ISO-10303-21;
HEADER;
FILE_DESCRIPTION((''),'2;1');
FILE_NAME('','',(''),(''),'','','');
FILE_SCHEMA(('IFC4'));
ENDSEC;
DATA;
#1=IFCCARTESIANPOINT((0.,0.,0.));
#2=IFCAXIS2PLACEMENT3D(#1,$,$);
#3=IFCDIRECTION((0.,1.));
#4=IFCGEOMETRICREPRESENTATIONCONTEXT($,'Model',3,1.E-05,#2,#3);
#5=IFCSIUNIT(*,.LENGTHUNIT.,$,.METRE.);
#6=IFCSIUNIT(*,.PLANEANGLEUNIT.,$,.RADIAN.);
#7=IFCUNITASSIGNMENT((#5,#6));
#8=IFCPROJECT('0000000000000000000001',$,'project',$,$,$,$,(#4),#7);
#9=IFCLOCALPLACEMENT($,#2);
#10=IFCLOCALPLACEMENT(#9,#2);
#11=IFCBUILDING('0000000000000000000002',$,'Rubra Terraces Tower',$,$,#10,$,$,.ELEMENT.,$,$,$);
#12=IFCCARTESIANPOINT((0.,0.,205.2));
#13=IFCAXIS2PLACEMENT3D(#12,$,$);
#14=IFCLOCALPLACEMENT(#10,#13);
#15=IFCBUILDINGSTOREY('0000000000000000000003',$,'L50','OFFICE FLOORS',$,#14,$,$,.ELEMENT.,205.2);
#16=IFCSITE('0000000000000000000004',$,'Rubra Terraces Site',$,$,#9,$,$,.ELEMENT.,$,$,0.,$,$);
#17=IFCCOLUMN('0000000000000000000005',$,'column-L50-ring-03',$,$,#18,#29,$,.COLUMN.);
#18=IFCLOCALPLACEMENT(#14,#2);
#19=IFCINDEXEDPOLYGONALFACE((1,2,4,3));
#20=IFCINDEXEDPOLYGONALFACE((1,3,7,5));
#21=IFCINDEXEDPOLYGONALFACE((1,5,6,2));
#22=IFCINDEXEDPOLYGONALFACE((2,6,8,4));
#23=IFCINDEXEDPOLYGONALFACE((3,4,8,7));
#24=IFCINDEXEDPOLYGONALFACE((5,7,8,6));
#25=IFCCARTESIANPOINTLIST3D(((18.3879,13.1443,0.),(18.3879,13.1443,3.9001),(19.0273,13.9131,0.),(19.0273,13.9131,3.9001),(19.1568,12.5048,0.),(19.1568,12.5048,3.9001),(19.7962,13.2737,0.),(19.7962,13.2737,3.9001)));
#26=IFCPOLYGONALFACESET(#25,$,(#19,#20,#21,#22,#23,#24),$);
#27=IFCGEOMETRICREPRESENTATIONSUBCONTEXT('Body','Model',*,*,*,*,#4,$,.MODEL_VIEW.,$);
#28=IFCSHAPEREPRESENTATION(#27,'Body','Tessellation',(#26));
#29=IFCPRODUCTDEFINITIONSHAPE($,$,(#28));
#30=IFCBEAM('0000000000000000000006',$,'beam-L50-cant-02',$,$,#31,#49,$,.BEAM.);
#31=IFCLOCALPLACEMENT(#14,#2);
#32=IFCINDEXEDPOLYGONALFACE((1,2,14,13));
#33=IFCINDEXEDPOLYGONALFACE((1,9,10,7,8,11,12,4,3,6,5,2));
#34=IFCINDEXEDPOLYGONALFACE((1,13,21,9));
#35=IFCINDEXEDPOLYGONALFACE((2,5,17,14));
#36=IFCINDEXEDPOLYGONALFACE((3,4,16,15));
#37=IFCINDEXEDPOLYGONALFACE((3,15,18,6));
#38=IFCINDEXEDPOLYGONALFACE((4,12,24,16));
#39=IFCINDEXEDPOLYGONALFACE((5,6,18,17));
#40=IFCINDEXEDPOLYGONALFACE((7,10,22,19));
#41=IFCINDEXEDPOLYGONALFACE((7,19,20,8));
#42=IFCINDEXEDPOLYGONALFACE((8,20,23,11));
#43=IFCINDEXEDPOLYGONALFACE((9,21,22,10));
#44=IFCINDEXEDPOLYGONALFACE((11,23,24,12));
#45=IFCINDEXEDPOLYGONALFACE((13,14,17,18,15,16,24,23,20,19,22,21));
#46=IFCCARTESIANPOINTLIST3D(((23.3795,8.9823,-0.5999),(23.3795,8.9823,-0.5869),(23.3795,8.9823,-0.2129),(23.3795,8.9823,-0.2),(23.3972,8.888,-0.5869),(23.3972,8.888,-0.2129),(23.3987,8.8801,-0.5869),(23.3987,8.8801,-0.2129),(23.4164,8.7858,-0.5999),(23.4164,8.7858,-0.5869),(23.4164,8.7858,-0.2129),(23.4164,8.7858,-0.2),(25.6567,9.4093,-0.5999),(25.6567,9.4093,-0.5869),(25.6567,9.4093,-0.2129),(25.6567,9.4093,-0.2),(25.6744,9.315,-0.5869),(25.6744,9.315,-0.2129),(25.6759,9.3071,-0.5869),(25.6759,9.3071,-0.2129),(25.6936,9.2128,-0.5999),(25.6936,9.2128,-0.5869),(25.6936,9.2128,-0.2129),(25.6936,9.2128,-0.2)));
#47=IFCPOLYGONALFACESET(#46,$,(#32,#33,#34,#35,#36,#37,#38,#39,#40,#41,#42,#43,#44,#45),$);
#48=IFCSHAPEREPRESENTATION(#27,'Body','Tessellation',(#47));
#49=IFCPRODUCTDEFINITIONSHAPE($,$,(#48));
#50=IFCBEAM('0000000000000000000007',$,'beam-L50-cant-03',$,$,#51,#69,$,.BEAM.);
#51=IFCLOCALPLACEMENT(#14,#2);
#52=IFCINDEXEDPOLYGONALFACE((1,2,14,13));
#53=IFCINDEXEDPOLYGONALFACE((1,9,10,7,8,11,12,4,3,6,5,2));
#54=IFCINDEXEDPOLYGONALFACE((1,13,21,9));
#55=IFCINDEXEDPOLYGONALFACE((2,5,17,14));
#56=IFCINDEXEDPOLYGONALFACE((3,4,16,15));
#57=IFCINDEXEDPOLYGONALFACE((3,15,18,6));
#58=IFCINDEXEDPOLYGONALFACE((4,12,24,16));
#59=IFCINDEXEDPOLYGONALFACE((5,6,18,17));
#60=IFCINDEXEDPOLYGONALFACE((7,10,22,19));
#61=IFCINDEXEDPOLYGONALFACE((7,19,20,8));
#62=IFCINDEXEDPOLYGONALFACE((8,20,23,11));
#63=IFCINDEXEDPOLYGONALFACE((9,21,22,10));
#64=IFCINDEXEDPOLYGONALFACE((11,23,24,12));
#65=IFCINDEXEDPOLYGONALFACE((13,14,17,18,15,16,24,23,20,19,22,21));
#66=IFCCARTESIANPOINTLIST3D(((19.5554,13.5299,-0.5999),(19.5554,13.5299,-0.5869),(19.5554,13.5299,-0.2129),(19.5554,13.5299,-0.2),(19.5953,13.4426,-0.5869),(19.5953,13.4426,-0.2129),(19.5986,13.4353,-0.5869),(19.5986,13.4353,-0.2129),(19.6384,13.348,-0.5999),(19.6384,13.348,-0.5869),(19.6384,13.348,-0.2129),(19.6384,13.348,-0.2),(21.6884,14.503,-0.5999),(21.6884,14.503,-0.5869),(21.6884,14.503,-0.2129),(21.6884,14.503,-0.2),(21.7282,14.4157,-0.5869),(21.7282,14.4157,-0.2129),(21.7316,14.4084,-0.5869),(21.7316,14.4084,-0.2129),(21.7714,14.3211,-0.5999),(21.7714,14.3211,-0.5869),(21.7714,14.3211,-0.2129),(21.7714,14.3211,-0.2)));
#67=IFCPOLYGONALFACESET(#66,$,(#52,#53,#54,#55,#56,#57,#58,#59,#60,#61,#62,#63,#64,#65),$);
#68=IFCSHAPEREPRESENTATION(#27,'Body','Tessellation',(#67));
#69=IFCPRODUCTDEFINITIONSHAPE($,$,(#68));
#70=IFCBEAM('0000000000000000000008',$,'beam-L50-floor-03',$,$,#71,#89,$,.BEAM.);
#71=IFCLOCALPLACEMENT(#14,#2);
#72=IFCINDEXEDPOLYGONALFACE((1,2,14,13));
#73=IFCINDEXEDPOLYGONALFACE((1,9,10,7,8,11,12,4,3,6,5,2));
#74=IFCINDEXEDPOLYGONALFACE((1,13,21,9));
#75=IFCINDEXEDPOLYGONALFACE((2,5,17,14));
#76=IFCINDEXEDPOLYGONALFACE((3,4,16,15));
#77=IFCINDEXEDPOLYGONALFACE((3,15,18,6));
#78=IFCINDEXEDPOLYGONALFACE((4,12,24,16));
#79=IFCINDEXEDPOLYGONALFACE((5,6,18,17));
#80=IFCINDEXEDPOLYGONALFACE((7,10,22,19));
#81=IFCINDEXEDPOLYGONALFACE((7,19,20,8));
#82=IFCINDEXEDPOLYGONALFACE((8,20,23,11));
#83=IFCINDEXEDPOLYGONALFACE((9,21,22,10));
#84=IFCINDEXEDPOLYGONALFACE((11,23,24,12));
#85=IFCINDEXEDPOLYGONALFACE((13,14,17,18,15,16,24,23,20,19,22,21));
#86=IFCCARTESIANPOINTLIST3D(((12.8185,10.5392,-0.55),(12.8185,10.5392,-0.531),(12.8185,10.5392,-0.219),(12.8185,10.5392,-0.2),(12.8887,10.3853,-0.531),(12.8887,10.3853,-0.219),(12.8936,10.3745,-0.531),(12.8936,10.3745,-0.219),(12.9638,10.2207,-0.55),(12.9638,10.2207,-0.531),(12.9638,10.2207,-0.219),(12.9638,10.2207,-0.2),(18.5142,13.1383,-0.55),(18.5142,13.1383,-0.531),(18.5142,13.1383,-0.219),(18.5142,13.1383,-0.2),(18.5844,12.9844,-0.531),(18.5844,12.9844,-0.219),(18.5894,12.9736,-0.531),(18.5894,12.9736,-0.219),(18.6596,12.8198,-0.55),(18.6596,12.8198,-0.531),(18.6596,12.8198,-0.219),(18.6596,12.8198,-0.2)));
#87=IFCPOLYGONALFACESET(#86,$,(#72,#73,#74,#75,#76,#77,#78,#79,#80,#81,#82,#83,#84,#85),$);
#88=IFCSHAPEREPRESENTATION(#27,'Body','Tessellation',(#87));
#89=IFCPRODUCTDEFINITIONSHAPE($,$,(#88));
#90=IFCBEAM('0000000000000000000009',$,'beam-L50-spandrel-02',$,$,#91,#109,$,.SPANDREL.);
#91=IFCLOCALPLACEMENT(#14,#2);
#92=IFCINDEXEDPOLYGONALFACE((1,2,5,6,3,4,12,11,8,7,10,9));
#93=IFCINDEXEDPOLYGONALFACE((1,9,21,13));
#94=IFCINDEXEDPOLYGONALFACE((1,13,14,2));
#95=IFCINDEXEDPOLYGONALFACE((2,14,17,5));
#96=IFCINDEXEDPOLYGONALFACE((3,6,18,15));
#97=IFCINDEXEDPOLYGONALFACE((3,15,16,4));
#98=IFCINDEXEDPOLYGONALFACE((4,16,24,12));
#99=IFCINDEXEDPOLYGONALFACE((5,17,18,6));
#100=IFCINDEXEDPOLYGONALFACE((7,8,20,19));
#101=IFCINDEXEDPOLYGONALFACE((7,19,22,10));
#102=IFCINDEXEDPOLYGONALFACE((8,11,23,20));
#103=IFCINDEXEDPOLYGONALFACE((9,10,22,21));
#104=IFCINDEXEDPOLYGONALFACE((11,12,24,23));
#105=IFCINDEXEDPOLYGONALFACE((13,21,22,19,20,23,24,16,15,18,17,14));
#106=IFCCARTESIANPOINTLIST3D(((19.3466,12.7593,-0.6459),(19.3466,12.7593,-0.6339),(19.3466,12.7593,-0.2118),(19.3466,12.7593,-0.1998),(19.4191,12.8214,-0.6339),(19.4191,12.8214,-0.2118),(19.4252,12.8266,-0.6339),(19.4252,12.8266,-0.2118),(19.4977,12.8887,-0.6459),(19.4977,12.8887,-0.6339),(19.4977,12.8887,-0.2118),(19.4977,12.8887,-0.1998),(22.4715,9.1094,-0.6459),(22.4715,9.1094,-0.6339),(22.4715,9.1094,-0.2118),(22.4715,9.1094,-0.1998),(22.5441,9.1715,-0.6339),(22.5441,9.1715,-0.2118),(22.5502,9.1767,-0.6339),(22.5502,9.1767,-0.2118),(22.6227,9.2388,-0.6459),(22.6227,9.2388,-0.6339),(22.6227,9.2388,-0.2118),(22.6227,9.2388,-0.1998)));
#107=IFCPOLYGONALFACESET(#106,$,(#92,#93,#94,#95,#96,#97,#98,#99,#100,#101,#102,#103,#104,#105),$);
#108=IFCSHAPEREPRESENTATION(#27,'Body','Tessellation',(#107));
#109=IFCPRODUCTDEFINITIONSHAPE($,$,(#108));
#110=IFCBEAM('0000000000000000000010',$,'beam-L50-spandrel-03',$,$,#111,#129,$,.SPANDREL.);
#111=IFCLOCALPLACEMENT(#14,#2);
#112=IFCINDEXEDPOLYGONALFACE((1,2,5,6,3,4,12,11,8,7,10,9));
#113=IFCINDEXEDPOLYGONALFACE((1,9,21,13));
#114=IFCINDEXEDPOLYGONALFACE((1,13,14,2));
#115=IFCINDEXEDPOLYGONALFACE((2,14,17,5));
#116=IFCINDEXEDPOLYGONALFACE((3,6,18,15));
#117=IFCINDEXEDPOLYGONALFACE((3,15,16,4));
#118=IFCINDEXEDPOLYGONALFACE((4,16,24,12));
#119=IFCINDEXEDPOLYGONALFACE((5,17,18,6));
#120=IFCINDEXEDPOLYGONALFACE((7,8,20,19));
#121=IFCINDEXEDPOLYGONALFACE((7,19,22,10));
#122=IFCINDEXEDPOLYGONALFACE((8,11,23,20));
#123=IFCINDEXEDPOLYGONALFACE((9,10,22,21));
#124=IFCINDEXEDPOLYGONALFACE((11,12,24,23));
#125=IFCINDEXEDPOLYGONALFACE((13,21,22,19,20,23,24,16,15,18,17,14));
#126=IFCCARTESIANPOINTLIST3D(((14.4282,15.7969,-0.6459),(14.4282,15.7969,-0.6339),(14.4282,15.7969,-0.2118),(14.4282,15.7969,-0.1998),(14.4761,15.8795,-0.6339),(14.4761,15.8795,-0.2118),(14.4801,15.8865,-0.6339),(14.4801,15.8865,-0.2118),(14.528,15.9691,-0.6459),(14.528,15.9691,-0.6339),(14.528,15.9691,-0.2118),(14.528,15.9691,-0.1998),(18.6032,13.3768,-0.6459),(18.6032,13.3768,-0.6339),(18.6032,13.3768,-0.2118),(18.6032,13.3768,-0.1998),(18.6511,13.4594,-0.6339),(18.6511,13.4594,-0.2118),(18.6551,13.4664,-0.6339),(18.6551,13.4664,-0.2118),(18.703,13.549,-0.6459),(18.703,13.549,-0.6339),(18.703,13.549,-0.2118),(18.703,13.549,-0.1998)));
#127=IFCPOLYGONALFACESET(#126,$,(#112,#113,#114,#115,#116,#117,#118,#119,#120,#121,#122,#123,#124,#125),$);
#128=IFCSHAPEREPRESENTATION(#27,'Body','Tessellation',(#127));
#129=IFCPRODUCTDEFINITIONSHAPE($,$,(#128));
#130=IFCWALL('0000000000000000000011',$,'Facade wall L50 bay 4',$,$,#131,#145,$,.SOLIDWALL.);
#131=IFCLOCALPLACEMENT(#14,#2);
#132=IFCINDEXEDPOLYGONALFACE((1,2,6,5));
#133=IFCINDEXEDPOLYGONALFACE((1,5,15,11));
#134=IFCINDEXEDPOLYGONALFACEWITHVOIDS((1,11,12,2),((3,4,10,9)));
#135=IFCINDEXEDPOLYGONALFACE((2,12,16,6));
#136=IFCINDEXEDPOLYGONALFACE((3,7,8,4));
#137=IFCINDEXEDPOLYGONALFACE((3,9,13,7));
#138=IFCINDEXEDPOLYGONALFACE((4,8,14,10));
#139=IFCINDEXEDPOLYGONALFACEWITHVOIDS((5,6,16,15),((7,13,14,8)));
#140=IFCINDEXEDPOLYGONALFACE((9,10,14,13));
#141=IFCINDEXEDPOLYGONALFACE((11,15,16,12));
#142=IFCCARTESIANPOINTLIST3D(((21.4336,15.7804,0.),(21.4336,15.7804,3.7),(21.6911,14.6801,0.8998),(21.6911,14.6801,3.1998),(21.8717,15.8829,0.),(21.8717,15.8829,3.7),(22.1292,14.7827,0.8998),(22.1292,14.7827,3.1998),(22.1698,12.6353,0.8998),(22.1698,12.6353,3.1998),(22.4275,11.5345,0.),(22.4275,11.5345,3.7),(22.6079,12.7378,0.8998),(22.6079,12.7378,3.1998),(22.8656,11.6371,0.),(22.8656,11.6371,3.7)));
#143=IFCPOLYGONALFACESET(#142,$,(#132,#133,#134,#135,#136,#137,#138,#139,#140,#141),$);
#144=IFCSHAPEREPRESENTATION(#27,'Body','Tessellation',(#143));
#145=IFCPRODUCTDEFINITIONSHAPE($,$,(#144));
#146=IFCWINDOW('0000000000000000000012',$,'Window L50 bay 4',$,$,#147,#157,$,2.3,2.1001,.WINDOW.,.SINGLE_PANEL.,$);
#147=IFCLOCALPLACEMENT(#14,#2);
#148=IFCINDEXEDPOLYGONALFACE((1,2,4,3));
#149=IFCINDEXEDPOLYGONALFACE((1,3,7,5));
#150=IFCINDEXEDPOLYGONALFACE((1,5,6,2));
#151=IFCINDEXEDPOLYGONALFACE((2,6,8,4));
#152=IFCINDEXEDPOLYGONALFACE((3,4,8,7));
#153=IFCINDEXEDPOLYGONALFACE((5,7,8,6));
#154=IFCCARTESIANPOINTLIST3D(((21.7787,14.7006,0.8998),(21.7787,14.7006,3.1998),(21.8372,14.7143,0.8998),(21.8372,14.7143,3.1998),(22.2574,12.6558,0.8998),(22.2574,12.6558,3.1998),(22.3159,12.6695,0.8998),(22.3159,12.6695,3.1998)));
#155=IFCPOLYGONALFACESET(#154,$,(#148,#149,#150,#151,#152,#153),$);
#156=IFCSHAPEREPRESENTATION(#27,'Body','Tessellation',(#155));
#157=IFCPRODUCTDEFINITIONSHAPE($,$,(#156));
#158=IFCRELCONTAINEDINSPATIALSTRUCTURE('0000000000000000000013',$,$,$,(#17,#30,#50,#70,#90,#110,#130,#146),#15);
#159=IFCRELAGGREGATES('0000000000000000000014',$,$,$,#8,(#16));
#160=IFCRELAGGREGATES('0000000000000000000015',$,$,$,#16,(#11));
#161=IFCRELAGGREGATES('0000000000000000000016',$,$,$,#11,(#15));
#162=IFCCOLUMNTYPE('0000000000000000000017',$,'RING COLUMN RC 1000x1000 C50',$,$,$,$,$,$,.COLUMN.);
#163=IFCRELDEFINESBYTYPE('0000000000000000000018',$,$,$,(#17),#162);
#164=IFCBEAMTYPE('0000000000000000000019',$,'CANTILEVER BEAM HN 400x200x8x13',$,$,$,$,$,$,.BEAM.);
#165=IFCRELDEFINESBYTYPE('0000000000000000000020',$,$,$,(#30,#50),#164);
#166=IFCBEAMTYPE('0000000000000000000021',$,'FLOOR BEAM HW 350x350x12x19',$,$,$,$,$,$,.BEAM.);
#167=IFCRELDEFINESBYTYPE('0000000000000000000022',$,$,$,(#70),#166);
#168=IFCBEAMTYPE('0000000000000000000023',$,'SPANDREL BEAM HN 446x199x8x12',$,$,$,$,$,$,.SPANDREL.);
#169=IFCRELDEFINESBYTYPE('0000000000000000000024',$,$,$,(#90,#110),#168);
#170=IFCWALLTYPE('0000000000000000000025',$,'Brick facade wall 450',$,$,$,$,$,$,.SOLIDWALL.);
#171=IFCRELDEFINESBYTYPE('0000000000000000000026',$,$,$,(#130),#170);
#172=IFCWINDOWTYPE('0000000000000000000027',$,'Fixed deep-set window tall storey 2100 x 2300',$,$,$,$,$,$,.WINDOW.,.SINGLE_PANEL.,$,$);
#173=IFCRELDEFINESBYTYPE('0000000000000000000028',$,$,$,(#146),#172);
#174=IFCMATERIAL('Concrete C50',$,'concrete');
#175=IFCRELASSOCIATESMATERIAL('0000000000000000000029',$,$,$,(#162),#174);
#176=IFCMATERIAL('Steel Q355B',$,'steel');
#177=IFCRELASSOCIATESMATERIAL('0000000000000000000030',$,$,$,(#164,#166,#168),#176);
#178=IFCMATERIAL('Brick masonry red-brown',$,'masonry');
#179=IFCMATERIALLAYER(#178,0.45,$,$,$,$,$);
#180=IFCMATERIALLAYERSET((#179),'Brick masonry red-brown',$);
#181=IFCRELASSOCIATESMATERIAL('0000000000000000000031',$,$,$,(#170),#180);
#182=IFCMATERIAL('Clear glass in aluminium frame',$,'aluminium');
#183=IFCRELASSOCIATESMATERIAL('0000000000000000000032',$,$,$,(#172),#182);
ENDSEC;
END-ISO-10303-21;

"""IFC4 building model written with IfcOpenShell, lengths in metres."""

from ifc_helpers import new_model, si_unit, direction, frame, frame_2d, origin, origin_2d, place, context, subcontext, project, spatial, rectangle, i_section, extrude, material, layer, layer_set, material_profile, profile_set, type_object, element, fill, save


model = new_model("IFC4")

# Units and contexts
model_context = context("Model", 3, precision=1e-05, world=origin(), true_north=direction((0.0, 1.0)))
body_context = subcontext(model_context, "Body", "Model", "MODEL_VIEW")
ifc_project = project(units=[si_unit("LENGTHUNIT", "METRE"), si_unit("PLANEANGLEUNIT", "RADIAN")], contexts=[model_context])

# Site, building, storey
site_placement = place(None, origin())
site = spatial("IfcSite", under=ifc_project, at=site_placement, Name="Rubra Terraces Site", CompositionType="ELEMENT", RefElevation=0.0)
building_placement = place(site_placement, origin())
building = spatial("IfcBuilding", under=site, at=building_placement, Name="Rubra Terraces Tower", CompositionType="ELEMENT")
storey_placement = place(building_placement, frame((0.0, 0.0, 205.2)))
storey = spatial("IfcBuildingStorey", under=building, at=storey_placement, Name="L50", Description="OFFICE FLOORS", CompositionType="ELEMENT", Elevation=205.2)

# Column
ifc_material_1 = material(Name="Concrete C50", Category="concrete")
ifc_material_profile_1 = material_profile(ifc_material_1, rectangle(XDim=1.0, YDim=1.0, at=origin_2d()), Name="RC 1000x1000")
ifc_profile_set_1 = profile_set([ifc_material_profile_1], Name="Concrete C50")
column_type = type_object("IfcColumnType", Name="RING COLUMN RC 1000x1000 C50", PredefinedType="COLUMN", material=ifc_profile_set_1)
column_placement = place(storey_placement, frame((19.092, 13.209, 0.0), z_axis=(0.0, 0.0, 1.0), x_axis=(-0.76887, 0.639405, 0.0)))
element("IfcColumn", 1, at=column_placement, inside=storey, type_object=column_type, Name="column-L50-ring-03", PredefinedType="COLUMN", context=body_context, shape_type="SweptSolid", body=[
    extrude(rectangle(XDim=1.0, YDim=1.0, at=origin_2d()), origin(), (0.0, 0.0, 1.0), 3.9001),
])

# Beams
ifc_material_2 = material(Name="Steel Q355B", Category="steel")
ifc_material_profile_2 = material_profile(ifc_material_2, i_section(OverallWidth=0.2, OverallDepth=0.3999, WebThickness=0.0081, FlangeThickness=0.0129, at=origin_2d()), Name="HN 400x200x8x13")
ifc_profile_set_2 = profile_set([ifc_material_profile_2], Name="Steel Q355B")
beam_type_1 = type_object("IfcBeamType", Name="CANTILEVER BEAM HN 400x200x8x13", PredefinedType="BEAM", material=ifc_profile_set_2)
beam_1_placement = place(storey_placement, frame((23.3979, 8.884, -0.3999), z_axis=(0.982869, 0.184308, 0.0), x_axis=(-0.184308, 0.982869, 0.0)))
element("IfcBeam", 2, at=beam_1_placement, inside=storey, type_object=beam_type_1, Name="beam-L50-cant-02", PredefinedType="BEAM", context=body_context, shape_type="SweptSolid", body=[
    extrude(i_section(OverallWidth=0.2, OverallDepth=0.3999, WebThickness=0.0081, FlangeThickness=0.0129, at=origin_2d()), origin(), (0.0, 0.0, 1.0), 2.3169),
])
beam_2_placement = place(storey_placement, frame((19.5969, 13.439, -0.3999), z_axis=(0.909791, 0.415066, 0.0), x_axis=(-0.415066, 0.909791, 0.0)))
element("IfcBeam", 3, at=beam_2_placement, inside=storey, type_object=beam_type_1, Name="beam-L50-cant-03", PredefinedType="BEAM", context=body_context, shape_type="SweptSolid", body=[
    extrude(i_section(OverallWidth=0.2, OverallDepth=0.3999, WebThickness=0.0081, FlangeThickness=0.0129, at=origin_2d()), origin(), (0.0, 0.0, 1.0), 2.3445),
])
ifc_material_profile_3 = material_profile(ifc_material_2, i_section(OverallWidth=0.3501, OverallDepth=0.3501, WebThickness=0.012, FlangeThickness=0.019, at=origin_2d()), Name="HW 350x350x12x19")
ifc_profile_set_3 = profile_set([ifc_material_profile_3], Name="Steel Q355B")
beam_type_2 = type_object("IfcBeamType", Name="FLOOR BEAM HW 350x350x12x19", PredefinedType="BEAM", material=ifc_profile_set_3)
beam_3_placement = place(storey_placement, frame((18.5869, 12.979, -0.375), z_axis=(-0.909757, -0.415142, 0.0), x_axis=(0.415142, -0.909757, 0.0)))
element("IfcBeam", 4, at=beam_3_placement, inside=storey, type_object=beam_type_2, Name="beam-L50-floor-03", PredefinedType="BEAM", context=body_context, shape_type="SweptSolid", body=[
    extrude(i_section(OverallWidth=0.3501, OverallDepth=0.3501, WebThickness=0.012, FlangeThickness=0.019, at=origin_2d()), origin(), (0.0, 0.0, 1.0), 6.2607),
])
ifc_material_profile_4 = material_profile(ifc_material_2, i_section(OverallWidth=0.199, OverallDepth=0.446, WebThickness=0.0081, FlangeThickness=0.012, at=origin_2d()), Name="HN 446x199x8x12")
ifc_profile_set_4 = profile_set([ifc_material_profile_4], Name="Steel Q355B")
beam_type_3 = type_object("IfcBeamType", Name="SPANDREL BEAM HN 446x199x8x12", PredefinedType="SPANDREL", material=ifc_profile_set_4)
beam_4_placement = place(storey_placement, frame((22.5471, 9.1741, -0.4229), z_axis=(-0.650373, 0.759615, 0.0), x_axis=(-0.759615, -0.650373, 0.0)))
element("IfcBeam", 5, at=beam_4_placement, inside=storey, type_object=beam_type_3, Name="beam-L50-spandrel-02", PredefinedType="SPANDREL", context=body_context, shape_type="SweptSolid", body=[
    extrude(i_section(OverallWidth=0.199, OverallDepth=0.446, WebThickness=0.0081, FlangeThickness=0.012, at=origin_2d()), origin(), (0.0, 0.0, 1.0), 4.8049),
])
beam_5_placement = place(storey_placement, frame((18.6531, 13.4629, -0.4229), z_axis=(-0.865154, 0.501507, 0.0), x_axis=(-0.501507, -0.865154, 0.0)))
element("IfcBeam", 6, at=beam_5_placement, inside=storey, type_object=beam_type_3, Name="beam-L50-spandrel-03", PredefinedType="SPANDREL", context=body_context, shape_type="SweptSolid", body=[
    extrude(i_section(OverallWidth=0.199, OverallDepth=0.446, WebThickness=0.0081, FlangeThickness=0.012, at=origin_2d()), origin(), (0.0, 0.0, 1.0), 4.8257),
])

# Wall, opening, window
ifc_material_3 = material(Name="Brick masonry red-brown", Category="masonry")
ifc_layer_1 = layer(ifc_material_3, 0.45)
ifc_layer_set_1 = layer_set([ifc_layer_1], Name="Brick masonry red-brown")
wall_type_1 = type_object("IfcWallType", Name="Brick facade wall 450", PredefinedType="SOLIDWALL", material=ifc_layer_set_1)
wall_1_placement = place(storey_placement, frame((22.6465, 11.5859, 0.0), z_axis=(0.0, 0.0, 1.0), x_axis=(-0.227925, 0.973679, 0.0)))
wall_1 = element("IfcWall", 7, at=wall_1_placement, inside=storey, type_object=wall_type_1, Name="Facade wall L50 bay 4", PredefinedType="SOLIDWALL", context=body_context, shape_type="SweptSolid", body=[
    extrude(rectangle(XDim=4.3606, YDim=0.45, at=frame_2d((2.1802, 0.0))), origin(), (0.0, 0.0, 1.0), 3.7),
])
opening_1_placement = place(wall_1_placement, frame((1.1304, 0.0, 0.8999)))
opening_1 = element("IfcOpeningElement", 8, at=opening_1_placement, cuts=wall_1, PredefinedType="OPENING", context=body_context, shape_type="SweptSolid", body=[
    extrude(rectangle(XDim=2.1001, YDim=2.3, at=frame_2d((1.05, 1.1499))), frame((0.0, 0.2349, 0.0), z_axis=(0.0, -1.0, 0.0), x_axis=(1.0, 0.0, 0.0)), (0.0, 0.0, 1.0), 0.47),
])
ifc_material_4 = material(Name="Clear glass in aluminium frame", Category="aluminium")
window_type = type_object("IfcWindowType", Name="Fixed deep-set window tall storey 2100 x 2300", PartitioningType="SINGLE_PANEL", PredefinedType="WINDOW", material=ifc_material_4)
window_1_placement = place(opening_1_placement, origin())
window_1 = element("IfcWindow", 9, at=window_1_placement, inside=storey, type_object=window_type, Name="Window L50 bay 4", OverallHeight=2.3, OverallWidth=2.1001, PartitioningType="SINGLE_PANEL", PredefinedType="WINDOW", context=body_context, shape_type="SweptSolid", body=[
    extrude(rectangle(XDim=2.1001, YDim=2.3, at=frame_2d((1.05, 1.1499))), frame((0.0, 0.135, 0.0), z_axis=(0.0, -1.0, 0.0), x_axis=(1.0, 0.0, 0.0)), (0.0, 0.0, 1.0), 0.0601),
])
fill(opening_1, window_1)

save(model, "model.ifc")
